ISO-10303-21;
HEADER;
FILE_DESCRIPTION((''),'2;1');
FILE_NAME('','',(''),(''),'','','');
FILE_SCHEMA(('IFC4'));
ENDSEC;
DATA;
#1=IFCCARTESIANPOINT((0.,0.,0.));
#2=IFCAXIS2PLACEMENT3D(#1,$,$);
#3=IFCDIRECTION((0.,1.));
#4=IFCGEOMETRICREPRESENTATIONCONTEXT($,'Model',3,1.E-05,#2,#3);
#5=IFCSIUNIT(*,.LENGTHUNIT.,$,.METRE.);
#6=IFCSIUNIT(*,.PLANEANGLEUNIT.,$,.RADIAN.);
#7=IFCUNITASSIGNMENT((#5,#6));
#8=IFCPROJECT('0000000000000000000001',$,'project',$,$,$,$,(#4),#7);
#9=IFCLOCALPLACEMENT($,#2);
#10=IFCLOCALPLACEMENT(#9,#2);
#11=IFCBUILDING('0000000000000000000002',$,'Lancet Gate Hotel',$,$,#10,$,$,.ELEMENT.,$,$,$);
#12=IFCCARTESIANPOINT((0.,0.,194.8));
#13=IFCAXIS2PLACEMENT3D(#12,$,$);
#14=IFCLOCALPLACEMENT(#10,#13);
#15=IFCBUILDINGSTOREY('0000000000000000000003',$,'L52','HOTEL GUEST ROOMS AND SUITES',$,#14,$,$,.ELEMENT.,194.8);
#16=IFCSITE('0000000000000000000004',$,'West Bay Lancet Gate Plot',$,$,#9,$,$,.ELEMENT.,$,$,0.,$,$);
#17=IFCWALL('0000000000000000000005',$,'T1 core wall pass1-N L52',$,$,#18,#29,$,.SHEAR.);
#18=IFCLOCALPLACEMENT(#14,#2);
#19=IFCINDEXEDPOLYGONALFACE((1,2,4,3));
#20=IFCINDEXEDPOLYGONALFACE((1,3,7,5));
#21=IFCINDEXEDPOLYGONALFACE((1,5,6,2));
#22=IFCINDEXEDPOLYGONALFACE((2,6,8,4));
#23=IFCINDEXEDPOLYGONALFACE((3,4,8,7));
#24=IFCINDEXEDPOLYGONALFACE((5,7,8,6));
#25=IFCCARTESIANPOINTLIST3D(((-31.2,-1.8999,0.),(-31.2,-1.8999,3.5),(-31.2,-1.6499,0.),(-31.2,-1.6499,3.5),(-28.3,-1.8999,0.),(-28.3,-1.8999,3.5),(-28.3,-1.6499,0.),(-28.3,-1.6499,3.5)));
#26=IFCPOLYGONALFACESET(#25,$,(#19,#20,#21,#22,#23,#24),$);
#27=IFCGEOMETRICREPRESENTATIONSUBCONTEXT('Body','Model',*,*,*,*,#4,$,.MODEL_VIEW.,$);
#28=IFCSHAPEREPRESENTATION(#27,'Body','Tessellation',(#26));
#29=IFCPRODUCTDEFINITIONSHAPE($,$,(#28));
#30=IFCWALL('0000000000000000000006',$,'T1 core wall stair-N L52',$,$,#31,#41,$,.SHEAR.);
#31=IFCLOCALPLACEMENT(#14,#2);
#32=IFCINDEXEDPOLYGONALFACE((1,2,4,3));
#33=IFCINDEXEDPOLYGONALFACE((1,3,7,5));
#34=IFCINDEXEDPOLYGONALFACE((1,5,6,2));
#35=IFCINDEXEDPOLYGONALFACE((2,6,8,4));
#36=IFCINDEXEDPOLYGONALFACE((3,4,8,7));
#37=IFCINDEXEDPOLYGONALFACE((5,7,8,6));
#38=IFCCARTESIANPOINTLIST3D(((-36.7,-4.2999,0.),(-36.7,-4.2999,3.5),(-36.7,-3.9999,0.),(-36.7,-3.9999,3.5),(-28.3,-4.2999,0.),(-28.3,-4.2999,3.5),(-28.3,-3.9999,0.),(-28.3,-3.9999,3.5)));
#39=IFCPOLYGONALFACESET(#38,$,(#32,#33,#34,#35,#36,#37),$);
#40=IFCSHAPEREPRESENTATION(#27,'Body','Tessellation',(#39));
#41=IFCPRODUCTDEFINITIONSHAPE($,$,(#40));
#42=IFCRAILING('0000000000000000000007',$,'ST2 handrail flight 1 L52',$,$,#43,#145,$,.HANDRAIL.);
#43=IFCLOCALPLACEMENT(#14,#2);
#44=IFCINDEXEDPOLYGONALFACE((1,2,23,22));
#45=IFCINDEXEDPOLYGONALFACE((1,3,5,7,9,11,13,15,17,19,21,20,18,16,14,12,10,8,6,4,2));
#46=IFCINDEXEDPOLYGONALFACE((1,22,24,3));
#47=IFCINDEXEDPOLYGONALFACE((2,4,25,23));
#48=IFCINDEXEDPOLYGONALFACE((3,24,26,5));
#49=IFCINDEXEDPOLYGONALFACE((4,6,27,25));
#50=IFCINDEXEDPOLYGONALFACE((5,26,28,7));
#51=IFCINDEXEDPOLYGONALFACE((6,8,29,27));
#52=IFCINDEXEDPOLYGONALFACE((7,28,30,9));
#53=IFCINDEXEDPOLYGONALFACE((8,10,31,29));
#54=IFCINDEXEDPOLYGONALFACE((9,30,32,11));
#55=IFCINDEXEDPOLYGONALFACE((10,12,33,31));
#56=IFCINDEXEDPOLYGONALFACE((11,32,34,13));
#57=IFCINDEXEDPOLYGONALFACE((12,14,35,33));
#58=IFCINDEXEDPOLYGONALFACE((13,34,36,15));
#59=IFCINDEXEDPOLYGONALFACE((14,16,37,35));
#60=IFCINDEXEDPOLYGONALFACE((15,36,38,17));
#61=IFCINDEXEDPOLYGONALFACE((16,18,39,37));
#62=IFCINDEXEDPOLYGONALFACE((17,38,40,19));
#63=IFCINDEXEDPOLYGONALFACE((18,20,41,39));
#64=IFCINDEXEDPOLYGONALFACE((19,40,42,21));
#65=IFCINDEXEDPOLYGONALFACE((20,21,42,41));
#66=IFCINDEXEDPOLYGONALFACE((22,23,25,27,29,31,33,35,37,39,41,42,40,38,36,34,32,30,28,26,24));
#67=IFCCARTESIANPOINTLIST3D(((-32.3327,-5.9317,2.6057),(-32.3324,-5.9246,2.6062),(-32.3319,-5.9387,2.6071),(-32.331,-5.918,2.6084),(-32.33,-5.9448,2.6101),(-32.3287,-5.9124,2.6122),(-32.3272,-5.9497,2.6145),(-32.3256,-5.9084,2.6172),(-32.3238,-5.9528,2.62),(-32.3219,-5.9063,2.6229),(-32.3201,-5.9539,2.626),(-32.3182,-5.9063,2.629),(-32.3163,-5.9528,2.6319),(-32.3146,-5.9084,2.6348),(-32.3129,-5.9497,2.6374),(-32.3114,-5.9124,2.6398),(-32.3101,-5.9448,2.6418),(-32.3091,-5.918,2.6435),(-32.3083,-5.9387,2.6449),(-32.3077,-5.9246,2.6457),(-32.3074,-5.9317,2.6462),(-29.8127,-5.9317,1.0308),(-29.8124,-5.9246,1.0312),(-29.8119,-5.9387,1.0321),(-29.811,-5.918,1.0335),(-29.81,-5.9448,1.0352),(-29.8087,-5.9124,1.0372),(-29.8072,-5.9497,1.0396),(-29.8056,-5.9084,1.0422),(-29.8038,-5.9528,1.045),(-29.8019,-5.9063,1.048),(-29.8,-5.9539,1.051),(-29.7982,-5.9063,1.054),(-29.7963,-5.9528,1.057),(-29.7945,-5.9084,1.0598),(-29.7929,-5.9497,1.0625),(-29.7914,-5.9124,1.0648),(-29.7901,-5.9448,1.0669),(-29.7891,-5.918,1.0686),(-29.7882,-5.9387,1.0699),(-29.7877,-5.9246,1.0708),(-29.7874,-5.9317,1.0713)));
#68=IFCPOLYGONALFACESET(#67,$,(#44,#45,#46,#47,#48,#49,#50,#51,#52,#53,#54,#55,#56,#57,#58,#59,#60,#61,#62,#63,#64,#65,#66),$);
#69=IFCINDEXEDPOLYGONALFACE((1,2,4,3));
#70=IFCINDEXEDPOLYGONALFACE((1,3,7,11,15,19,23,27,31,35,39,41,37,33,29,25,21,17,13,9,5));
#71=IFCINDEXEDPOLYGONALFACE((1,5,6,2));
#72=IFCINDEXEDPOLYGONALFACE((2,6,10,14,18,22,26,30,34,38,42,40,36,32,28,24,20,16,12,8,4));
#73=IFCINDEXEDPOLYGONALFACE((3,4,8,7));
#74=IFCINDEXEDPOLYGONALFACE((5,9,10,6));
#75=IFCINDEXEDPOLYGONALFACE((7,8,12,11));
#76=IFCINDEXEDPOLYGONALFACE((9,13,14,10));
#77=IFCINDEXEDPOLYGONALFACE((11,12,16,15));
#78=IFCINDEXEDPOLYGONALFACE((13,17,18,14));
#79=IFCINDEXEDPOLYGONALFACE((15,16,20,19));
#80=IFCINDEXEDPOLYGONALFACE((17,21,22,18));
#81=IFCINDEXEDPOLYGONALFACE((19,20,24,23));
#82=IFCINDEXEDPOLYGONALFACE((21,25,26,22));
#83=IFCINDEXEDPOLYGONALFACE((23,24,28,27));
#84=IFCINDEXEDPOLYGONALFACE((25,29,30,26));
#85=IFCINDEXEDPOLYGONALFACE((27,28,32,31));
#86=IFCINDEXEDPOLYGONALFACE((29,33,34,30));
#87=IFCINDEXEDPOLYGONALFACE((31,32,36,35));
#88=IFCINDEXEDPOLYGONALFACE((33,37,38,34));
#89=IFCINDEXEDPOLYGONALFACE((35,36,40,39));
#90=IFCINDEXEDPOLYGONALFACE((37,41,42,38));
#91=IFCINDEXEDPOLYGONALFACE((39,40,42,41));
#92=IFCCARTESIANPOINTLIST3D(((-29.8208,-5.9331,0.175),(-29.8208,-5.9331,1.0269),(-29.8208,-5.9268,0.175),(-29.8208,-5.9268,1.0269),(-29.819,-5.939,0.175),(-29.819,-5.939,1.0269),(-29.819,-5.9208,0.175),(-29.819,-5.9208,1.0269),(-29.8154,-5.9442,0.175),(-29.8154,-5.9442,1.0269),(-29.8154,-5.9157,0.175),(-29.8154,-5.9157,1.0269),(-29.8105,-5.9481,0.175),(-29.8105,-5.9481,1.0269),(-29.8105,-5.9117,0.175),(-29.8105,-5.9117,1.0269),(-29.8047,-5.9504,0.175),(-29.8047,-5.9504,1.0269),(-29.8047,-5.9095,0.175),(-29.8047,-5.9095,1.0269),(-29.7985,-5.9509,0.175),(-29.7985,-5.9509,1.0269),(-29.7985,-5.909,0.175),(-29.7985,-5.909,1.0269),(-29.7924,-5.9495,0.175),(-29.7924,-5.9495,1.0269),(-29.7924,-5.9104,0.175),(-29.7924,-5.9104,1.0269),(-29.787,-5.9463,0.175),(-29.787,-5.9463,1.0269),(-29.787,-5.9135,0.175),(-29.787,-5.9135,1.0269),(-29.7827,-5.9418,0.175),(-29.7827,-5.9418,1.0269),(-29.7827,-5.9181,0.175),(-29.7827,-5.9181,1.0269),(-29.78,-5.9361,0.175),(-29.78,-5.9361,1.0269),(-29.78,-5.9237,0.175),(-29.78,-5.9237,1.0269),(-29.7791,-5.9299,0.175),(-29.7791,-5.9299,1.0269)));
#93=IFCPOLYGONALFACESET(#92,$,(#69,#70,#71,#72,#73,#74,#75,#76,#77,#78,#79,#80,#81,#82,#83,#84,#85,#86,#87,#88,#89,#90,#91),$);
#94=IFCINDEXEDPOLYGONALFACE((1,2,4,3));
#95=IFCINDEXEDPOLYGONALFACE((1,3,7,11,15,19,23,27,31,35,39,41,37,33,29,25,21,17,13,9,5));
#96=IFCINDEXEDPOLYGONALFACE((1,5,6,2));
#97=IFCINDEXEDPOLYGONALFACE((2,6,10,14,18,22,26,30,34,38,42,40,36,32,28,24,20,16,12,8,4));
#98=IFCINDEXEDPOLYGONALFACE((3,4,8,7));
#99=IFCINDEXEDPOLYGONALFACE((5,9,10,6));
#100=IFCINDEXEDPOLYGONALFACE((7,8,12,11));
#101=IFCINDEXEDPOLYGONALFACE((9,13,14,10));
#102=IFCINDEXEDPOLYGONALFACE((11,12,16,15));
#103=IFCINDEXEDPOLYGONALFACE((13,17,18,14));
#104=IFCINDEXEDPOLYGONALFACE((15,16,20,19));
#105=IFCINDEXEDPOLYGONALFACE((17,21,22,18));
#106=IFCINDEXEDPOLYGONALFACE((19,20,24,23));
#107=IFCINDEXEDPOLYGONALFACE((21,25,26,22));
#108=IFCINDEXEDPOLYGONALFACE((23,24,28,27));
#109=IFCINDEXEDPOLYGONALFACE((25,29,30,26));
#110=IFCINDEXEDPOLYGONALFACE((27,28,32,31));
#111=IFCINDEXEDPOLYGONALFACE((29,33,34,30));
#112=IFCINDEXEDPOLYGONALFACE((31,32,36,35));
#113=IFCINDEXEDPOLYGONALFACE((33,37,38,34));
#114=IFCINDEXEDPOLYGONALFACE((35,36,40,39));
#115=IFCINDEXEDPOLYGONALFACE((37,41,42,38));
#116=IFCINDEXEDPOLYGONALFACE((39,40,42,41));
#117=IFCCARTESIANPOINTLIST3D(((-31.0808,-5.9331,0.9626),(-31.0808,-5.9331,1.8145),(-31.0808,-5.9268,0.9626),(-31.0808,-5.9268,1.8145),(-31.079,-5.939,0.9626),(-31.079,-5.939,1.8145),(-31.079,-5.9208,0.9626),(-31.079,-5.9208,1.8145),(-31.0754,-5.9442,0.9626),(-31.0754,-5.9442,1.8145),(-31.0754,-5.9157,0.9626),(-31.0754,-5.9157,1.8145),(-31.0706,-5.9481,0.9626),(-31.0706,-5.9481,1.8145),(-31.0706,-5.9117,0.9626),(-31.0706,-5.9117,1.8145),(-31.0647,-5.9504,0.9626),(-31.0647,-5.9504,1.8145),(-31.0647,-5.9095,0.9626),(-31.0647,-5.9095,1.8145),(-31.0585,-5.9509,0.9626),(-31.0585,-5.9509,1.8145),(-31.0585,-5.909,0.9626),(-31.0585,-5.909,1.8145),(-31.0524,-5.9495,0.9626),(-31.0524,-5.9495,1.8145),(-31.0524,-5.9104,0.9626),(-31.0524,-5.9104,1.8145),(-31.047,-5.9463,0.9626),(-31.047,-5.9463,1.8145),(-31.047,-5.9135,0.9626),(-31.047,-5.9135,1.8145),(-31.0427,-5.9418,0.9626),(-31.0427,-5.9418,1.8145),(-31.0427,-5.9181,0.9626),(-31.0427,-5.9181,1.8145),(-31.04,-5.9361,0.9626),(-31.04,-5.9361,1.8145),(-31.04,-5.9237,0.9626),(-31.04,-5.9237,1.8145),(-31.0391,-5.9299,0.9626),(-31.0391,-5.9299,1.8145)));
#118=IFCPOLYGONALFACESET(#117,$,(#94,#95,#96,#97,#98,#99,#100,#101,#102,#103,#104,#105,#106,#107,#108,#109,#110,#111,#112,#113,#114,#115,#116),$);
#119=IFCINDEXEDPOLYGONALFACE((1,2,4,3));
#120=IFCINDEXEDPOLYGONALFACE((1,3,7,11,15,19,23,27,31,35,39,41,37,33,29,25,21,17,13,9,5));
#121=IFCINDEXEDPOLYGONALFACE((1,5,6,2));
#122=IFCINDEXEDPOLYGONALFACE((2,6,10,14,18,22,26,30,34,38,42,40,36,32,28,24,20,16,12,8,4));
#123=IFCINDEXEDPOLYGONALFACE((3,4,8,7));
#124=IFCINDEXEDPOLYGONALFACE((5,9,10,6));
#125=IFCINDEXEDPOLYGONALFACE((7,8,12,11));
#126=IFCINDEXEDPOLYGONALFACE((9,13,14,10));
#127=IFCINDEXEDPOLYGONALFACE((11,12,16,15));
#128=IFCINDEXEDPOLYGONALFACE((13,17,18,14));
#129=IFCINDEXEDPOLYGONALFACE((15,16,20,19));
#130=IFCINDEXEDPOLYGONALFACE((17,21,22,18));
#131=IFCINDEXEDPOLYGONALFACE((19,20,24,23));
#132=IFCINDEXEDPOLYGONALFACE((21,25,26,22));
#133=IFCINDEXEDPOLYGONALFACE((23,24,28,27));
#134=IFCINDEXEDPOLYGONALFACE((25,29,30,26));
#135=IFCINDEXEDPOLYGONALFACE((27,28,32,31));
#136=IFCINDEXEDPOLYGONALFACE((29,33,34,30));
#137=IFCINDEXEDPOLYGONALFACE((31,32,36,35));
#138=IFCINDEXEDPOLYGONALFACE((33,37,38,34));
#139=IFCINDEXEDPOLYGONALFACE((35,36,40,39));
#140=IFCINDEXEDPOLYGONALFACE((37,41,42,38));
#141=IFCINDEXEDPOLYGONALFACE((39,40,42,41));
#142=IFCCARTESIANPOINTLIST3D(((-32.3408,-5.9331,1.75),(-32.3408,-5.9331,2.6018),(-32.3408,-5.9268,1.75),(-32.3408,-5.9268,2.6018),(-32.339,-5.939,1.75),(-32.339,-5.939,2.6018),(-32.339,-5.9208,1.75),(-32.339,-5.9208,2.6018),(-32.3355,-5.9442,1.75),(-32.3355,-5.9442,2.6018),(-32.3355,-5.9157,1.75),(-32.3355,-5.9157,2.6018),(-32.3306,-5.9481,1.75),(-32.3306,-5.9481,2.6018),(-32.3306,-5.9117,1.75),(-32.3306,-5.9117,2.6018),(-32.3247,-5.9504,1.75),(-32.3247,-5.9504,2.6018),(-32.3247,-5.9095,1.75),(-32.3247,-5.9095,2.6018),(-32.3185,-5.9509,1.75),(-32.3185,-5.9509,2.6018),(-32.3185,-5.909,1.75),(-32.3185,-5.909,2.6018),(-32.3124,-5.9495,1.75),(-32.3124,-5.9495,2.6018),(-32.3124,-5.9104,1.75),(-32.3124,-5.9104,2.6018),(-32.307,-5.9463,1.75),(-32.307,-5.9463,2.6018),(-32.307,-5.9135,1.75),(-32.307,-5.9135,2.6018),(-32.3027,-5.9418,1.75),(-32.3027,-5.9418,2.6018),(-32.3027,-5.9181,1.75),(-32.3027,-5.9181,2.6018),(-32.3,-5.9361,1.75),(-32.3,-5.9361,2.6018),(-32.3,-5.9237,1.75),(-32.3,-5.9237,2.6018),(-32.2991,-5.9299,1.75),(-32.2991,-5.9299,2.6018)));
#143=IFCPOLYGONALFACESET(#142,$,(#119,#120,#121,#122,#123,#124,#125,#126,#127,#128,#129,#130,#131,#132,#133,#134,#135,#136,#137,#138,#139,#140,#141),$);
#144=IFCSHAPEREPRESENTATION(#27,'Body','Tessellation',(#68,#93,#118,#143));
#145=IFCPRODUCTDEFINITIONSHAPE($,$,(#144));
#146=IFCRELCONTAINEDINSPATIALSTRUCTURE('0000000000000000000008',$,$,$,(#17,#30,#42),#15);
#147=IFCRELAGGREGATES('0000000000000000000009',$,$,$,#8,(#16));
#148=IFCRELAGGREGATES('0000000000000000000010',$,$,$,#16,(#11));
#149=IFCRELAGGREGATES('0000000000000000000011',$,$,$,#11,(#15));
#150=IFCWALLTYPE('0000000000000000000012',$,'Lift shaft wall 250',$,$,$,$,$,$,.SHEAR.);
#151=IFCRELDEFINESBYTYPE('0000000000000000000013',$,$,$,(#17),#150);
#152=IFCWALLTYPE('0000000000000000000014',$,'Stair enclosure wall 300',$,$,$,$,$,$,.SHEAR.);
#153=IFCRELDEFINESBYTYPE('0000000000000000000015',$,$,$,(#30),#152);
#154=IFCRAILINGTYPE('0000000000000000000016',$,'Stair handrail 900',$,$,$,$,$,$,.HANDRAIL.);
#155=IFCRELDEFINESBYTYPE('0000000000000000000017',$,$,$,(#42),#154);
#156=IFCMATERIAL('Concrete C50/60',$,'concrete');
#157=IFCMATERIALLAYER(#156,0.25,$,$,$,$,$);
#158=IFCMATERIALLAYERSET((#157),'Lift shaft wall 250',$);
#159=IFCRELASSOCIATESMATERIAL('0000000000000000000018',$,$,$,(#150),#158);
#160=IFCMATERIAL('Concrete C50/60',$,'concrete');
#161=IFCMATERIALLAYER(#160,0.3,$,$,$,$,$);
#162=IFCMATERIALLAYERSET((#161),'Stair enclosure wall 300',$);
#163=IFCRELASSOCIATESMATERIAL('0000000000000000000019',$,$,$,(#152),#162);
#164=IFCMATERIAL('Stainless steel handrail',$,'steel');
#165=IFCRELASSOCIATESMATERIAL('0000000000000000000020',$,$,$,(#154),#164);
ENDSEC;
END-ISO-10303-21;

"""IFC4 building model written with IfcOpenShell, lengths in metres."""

from ifc_helpers import new_model, si_unit, direction, frame, frame_2d, origin, origin_2d, place, context, subcontext, project, spatial, rectangle, circle, extrude, material, layer, layer_set, type_object, element, save


model = new_model("IFC4")

# Units and contexts
model_context = context("Model", 3, precision=1e-05, world=origin(), true_north=direction((0.0, 1.0)))
body_context = subcontext(model_context, "Body", "Model", "MODEL_VIEW")
ifc_project = project(units=[si_unit("LENGTHUNIT", "METRE"), si_unit("PLANEANGLEUNIT", "RADIAN")], contexts=[model_context])

# Site, building, storey
site_placement = place(None, origin())
site = spatial("IfcSite", under=ifc_project, at=site_placement, Name="West Bay Lancet Gate Plot", CompositionType="ELEMENT", RefElevation=0.0)
building_placement = place(site_placement, origin())
building = spatial("IfcBuilding", under=site, at=building_placement, Name="Lancet Gate Hotel", CompositionType="ELEMENT")
storey_placement = place(building_placement, frame((0.0, 0.0, 194.8)))
storey = spatial("IfcBuildingStorey", under=building, at=storey_placement, Name="L52", Description="HOTEL GUEST ROOMS AND SUITES", CompositionType="ELEMENT", Elevation=194.8)

# Walls
ifc_material_1 = material(Name="Concrete C50/60", Category="concrete")
ifc_layer_1 = layer(ifc_material_1, 0.25)
ifc_layer_set_1 = layer_set([ifc_layer_1], Name="Lift shaft wall 250")
wall_type_1 = type_object("IfcWallType", Name="Lift shaft wall 250", PredefinedType="SHEAR", material=ifc_layer_set_1)
wall_1_placement = place(storey_placement, frame((-28.3, -1.7749, 0.0), z_axis=(0.0, 0.0, 1.0), x_axis=(-1.0, 0.0, 0.0)))
element("IfcWall", 1, at=wall_1_placement, inside=storey, type_object=wall_type_1, Name="T1 core wall pass1-N L52", PredefinedType="SHEAR", context=body_context, shape_type="SweptSolid", body=[
    extrude(rectangle(XDim=2.8999, YDim=0.25, at=frame_2d((1.45, 0.0))), origin(), (0.0, 0.0, 1.0), 3.5),
])
ifc_material_2 = material(Name="Concrete C50/60", Category="concrete")
ifc_layer_2 = layer(ifc_material_2, 0.3)
ifc_layer_set_2 = layer_set([ifc_layer_2], Name="Stair enclosure wall 300")
wall_type_2 = type_object("IfcWallType", Name="Stair enclosure wall 300", PredefinedType="SHEAR", material=ifc_layer_set_2)
wall_2_placement = place(storey_placement, frame((-28.3, -4.1499, 0.0), z_axis=(0.0, 0.0, 1.0), x_axis=(-1.0, 0.0, 0.0)))
element("IfcWall", 2, at=wall_2_placement, inside=storey, type_object=wall_type_2, Name="T1 core wall stair-N L52", PredefinedType="SHEAR", context=body_context, shape_type="SweptSolid", body=[
    extrude(rectangle(XDim=8.3999, YDim=0.3, at=frame_2d((4.2, 0.0))), origin(), (0.0, 0.0, 1.0), 3.5),
])

# Railing
ifc_material_3 = material(Name="Stainless steel handrail", Category="steel")
railing_type = type_object("IfcRailingType", Name="Stair handrail 900", PredefinedType="HANDRAIL", material=ifc_material_3)
railing_placement = place(storey_placement, frame((-29.8, -5.9299, 0.175)))
element("IfcRailing", 3, at=railing_placement, inside=storey, type_object=railing_type, Name="ST2 handrail flight 1 L52", PredefinedType="HANDRAIL", context=body_context, shape_type="SweptSolid", body=[
    extrude(circle(Radius=0.0239, at=origin_2d()), frame((0.0, 0.0, 0.876), z_axis=(-0.848008, 0.0, 0.529984), x_axis=(0.0, -1.0, 0.0)), (0.0, 0.0, 1.0), 2.9717),
    extrude(circle(Radius=0.021, at=origin_2d()), origin(), (0.0, 0.0, 1.0), 0.8518),
    extrude(circle(Radius=0.021, at=origin_2d()), frame((-1.26, 0.0, 0.7876)), (0.0, 0.0, 1.0), 0.8518),
    extrude(circle(Radius=0.021, at=origin_2d()), frame((-2.52, 0.0, 1.575)), (0.0, 0.0, 1.0), 0.8518),
])

save(model, "model.ifc")
